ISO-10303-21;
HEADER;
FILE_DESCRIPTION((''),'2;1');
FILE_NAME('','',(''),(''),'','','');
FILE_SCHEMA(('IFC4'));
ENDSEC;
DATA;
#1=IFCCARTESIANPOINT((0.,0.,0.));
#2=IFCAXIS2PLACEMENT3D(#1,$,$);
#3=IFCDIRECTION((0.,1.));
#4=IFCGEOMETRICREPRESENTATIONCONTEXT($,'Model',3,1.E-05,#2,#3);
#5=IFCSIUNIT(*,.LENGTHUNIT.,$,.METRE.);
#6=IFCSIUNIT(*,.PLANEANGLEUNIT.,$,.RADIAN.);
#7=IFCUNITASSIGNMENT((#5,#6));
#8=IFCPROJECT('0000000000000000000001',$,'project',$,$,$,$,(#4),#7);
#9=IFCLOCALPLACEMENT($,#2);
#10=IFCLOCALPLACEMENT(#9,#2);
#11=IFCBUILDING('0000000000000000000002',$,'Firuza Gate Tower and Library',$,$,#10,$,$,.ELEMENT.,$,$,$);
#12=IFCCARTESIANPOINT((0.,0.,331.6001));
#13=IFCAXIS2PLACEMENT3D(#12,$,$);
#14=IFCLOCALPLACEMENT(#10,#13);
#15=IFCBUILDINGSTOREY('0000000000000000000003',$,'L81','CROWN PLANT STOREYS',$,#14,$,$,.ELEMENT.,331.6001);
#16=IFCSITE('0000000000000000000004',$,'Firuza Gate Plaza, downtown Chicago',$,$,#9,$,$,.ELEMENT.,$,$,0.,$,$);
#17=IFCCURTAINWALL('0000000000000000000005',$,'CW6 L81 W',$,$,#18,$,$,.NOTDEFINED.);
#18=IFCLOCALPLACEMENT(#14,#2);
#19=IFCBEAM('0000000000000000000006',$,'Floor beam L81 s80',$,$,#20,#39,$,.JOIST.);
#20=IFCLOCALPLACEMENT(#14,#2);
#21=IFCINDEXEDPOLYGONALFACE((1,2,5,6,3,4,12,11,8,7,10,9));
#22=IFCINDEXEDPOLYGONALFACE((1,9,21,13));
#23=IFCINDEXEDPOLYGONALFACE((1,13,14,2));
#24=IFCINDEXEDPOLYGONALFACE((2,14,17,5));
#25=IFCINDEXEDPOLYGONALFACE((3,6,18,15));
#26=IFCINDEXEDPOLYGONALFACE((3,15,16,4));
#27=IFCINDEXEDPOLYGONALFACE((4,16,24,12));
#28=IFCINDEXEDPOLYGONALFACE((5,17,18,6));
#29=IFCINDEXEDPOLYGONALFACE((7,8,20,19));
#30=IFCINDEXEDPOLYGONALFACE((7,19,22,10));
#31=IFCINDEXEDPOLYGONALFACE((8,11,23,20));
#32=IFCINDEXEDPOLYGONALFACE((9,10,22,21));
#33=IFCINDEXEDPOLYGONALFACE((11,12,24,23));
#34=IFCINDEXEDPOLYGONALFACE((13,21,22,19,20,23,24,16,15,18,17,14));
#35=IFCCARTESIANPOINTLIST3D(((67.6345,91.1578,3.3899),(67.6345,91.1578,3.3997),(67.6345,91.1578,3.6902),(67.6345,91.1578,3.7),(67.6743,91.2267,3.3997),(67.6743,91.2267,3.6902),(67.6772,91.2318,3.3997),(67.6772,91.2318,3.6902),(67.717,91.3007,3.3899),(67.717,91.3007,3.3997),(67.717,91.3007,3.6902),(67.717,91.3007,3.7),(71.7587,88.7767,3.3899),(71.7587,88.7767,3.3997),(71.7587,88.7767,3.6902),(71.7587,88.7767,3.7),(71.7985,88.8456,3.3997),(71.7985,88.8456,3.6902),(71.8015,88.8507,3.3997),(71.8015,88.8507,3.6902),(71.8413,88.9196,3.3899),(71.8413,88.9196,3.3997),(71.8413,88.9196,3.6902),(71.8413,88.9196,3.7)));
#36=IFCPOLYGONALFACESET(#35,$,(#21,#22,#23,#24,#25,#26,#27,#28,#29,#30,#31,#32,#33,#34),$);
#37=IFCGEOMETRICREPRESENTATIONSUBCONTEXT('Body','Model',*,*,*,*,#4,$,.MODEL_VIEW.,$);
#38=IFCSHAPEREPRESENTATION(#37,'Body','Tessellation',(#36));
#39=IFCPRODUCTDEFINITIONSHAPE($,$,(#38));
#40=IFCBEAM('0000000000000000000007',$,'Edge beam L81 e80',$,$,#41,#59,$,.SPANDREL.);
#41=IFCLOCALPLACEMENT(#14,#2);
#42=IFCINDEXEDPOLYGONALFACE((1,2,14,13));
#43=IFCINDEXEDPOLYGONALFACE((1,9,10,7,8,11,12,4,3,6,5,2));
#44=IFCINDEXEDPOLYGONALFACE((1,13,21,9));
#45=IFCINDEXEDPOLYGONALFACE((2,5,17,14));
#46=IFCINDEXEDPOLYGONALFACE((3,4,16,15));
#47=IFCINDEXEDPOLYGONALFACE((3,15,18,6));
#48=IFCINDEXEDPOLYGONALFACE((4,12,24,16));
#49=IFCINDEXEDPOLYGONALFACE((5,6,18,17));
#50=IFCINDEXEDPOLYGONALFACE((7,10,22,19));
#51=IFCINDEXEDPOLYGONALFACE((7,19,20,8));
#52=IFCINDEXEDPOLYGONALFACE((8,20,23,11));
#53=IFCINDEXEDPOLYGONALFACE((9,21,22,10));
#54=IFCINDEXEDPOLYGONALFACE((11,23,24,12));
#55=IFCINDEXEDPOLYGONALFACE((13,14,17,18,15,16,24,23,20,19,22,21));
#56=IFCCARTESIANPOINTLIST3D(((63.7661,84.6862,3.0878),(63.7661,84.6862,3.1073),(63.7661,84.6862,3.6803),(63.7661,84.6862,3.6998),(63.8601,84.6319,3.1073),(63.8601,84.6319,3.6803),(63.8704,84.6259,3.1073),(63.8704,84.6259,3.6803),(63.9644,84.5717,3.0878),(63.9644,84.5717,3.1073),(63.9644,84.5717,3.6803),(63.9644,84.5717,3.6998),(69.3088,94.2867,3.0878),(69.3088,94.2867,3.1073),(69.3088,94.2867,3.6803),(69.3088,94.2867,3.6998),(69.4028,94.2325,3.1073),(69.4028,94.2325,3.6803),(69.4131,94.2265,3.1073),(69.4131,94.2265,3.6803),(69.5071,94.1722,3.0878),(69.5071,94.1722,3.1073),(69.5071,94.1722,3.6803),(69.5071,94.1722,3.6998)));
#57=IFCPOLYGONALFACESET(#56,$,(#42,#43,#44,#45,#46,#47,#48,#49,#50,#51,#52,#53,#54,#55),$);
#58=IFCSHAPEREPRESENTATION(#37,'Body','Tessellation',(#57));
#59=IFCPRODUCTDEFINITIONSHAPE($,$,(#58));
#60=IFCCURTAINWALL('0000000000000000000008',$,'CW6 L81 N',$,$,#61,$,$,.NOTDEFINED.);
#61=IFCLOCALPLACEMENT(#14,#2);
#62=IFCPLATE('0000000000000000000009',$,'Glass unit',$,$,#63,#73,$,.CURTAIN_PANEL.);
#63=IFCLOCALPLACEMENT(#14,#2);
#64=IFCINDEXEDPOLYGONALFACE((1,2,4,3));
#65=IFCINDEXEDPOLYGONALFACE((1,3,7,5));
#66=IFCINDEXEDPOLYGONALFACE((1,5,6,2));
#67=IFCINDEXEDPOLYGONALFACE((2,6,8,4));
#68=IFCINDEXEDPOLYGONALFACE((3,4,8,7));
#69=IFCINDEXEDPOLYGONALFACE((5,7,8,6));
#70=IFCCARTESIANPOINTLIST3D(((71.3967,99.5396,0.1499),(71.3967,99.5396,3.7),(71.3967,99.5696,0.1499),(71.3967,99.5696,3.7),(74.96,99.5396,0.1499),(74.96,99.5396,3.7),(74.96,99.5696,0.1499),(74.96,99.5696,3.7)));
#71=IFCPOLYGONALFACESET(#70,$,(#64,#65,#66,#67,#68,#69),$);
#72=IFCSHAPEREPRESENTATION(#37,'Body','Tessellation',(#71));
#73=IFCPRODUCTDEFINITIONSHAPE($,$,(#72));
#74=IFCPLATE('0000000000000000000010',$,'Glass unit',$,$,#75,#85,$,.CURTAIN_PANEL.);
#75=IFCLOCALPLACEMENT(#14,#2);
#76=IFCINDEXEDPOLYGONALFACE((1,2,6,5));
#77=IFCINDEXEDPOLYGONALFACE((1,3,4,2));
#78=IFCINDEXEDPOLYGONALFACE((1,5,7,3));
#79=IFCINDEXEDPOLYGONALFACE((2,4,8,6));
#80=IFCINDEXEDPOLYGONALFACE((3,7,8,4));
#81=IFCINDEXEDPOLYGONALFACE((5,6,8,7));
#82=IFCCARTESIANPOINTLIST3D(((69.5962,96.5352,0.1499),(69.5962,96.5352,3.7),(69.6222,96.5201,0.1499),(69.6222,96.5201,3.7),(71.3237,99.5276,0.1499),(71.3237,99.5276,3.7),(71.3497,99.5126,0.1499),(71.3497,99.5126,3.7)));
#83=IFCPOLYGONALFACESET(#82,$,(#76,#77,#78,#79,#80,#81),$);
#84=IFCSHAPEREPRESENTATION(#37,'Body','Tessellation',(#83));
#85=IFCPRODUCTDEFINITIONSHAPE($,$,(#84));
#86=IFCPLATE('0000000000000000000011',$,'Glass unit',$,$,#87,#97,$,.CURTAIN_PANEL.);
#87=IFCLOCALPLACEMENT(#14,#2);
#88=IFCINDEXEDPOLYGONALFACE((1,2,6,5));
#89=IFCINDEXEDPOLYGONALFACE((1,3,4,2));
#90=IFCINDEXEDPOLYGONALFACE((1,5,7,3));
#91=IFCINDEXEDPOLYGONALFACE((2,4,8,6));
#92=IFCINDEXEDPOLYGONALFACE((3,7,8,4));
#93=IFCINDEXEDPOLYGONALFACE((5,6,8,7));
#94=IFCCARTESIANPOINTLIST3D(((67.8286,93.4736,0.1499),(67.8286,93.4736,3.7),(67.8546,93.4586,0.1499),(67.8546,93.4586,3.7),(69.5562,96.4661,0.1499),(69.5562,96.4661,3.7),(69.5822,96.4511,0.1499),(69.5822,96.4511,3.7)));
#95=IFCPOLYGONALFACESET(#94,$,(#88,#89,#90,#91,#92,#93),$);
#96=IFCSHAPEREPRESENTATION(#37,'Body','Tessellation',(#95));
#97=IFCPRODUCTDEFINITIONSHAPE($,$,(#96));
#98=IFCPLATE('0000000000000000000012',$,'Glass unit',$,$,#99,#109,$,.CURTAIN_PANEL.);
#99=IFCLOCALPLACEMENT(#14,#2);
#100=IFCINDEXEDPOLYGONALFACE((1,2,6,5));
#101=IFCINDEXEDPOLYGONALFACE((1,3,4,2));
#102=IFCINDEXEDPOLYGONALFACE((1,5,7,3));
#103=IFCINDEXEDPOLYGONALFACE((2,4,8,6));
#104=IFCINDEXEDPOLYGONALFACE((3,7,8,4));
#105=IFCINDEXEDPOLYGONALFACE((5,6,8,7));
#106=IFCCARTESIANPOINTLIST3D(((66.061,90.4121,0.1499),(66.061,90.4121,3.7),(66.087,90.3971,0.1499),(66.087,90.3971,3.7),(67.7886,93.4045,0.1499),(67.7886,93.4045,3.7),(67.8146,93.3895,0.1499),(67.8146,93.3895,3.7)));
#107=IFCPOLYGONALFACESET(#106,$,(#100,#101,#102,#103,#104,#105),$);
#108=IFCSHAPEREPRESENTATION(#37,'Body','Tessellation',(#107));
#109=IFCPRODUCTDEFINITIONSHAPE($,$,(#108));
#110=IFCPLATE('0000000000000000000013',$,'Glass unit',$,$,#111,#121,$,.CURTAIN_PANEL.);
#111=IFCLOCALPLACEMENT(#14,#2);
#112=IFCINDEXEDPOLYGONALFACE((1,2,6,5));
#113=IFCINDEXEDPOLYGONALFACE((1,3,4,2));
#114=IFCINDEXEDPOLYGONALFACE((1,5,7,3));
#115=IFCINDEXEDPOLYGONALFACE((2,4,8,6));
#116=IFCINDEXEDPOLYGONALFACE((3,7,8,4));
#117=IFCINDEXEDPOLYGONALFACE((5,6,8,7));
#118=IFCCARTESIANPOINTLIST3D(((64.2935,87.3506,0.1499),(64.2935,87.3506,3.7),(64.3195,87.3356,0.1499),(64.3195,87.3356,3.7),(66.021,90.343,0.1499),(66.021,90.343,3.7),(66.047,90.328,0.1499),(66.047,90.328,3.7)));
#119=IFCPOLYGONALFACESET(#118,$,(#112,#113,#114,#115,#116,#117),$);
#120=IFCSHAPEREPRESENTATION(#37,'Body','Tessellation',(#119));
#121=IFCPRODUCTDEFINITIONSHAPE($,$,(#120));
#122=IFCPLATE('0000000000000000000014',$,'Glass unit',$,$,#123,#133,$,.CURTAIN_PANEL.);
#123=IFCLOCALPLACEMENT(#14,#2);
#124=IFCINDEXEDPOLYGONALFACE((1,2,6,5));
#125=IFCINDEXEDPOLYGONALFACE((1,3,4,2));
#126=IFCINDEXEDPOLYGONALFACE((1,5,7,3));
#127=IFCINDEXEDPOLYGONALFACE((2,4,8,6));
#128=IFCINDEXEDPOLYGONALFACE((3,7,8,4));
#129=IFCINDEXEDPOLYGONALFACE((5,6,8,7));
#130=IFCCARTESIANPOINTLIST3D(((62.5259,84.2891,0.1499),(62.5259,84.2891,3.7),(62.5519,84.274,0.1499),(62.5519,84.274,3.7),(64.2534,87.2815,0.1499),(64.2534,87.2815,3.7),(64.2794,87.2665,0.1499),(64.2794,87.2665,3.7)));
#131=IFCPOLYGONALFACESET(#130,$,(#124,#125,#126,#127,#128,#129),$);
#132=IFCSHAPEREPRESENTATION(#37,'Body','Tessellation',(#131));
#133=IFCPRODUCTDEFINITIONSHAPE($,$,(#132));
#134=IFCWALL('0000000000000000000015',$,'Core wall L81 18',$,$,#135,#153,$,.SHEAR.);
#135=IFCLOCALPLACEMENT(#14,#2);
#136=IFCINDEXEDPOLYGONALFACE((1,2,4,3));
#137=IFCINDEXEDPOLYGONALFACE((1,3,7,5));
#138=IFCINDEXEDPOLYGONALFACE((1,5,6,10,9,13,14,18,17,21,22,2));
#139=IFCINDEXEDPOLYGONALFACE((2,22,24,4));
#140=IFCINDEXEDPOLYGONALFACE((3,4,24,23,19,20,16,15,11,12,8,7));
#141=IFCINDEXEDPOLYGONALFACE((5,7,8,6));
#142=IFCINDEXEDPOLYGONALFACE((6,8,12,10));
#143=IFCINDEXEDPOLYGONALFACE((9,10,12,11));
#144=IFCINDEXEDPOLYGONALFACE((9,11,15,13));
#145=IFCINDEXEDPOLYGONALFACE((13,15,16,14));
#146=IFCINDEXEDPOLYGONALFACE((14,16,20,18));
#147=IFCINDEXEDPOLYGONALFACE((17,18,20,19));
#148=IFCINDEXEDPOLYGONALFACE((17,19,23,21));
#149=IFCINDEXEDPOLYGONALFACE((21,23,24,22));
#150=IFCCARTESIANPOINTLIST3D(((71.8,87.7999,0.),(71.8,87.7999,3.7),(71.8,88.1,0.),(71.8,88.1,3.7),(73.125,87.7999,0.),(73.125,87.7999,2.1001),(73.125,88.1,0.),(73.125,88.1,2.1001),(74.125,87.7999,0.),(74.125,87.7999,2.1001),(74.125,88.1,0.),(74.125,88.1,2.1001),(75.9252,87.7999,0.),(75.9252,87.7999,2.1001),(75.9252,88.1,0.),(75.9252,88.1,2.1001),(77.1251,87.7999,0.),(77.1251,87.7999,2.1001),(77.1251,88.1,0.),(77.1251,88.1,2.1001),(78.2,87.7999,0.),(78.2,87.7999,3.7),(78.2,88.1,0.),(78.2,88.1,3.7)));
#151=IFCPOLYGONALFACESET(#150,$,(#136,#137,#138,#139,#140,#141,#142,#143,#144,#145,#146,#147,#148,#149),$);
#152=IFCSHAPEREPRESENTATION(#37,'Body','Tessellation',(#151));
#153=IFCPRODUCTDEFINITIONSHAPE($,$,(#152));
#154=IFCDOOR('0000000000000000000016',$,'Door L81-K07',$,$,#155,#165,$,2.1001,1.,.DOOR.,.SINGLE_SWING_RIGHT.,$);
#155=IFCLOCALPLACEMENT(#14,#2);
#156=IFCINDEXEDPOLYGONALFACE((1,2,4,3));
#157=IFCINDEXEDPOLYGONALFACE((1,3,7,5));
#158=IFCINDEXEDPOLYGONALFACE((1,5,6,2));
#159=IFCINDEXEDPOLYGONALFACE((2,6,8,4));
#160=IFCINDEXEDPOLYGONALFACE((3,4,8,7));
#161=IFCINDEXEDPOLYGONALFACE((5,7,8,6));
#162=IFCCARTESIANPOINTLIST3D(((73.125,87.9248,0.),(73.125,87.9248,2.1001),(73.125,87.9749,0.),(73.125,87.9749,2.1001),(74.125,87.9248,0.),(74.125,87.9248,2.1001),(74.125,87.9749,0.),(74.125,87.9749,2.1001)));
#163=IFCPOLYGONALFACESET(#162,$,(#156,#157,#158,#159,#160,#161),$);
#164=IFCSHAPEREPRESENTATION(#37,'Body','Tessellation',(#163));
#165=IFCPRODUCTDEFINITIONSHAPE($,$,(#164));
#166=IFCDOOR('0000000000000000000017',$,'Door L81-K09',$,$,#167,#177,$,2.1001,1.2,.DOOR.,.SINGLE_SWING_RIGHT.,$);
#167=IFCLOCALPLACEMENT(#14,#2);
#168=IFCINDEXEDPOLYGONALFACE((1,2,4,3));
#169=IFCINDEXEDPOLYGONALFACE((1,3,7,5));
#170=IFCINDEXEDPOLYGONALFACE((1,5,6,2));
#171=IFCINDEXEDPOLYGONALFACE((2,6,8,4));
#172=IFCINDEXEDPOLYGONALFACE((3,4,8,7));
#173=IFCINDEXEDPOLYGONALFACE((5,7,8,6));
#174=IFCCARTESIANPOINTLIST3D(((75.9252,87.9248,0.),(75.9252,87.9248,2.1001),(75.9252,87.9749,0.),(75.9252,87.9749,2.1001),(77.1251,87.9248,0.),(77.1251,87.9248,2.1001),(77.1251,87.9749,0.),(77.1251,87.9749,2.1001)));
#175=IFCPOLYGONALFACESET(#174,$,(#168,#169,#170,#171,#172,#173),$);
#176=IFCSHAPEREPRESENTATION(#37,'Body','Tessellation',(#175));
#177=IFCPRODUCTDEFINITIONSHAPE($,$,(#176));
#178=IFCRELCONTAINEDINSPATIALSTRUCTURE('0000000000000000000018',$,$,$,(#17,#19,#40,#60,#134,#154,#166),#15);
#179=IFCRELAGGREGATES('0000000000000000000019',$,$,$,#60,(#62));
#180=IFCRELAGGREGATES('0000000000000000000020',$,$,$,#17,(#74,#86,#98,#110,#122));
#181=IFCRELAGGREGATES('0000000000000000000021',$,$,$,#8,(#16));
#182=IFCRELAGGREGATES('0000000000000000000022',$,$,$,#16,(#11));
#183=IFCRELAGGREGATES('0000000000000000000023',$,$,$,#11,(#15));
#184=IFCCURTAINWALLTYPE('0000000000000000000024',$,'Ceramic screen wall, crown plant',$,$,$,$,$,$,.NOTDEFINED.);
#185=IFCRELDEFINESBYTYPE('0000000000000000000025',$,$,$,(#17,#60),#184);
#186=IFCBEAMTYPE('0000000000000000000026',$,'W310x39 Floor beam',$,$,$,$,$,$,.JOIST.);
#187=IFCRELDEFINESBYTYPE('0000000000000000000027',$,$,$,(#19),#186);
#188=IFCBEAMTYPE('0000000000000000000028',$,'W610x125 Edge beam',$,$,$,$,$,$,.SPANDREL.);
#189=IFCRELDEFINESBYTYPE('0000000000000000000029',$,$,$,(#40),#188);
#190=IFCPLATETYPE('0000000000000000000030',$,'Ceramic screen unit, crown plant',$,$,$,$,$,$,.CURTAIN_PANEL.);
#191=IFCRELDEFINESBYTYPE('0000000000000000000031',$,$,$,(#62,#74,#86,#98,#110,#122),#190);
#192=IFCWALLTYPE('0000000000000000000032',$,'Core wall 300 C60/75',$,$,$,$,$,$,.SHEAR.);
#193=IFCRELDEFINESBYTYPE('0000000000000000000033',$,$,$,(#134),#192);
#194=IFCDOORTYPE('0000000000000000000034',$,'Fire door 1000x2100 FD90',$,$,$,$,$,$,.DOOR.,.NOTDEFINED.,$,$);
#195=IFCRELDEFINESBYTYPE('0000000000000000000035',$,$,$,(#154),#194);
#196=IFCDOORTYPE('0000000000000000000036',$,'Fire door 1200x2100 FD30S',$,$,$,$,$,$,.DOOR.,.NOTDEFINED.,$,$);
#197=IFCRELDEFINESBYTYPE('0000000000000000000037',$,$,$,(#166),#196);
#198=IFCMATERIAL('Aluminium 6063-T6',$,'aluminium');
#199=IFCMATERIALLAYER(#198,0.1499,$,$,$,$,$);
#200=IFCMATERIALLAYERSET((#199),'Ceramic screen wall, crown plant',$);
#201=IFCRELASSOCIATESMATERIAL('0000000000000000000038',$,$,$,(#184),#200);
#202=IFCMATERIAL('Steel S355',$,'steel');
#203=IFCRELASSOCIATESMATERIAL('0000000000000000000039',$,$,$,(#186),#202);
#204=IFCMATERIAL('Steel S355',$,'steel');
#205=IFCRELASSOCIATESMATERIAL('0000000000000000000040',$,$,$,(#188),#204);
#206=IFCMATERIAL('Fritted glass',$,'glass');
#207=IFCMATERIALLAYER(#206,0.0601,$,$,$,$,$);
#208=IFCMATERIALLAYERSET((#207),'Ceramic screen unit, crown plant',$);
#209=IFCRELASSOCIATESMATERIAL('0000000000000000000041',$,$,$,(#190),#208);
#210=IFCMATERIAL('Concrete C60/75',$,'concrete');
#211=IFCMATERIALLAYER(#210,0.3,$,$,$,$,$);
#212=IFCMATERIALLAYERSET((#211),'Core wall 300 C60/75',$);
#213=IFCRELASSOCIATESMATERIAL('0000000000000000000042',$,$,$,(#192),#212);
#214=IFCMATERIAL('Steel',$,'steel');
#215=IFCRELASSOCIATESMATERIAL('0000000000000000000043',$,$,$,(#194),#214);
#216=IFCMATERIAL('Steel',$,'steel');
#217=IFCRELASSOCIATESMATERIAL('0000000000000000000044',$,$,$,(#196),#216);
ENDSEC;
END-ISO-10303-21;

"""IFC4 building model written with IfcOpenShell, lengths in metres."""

from ifc_helpers import new_model, si_unit, direction, frame, frame_2d, origin, origin_2d, place, context, subcontext, project, spatial, polyline, rectangle, i_section, outline, extrude, material, layer, layer_set, material_profile, profile_set, type_object, element, fill, aggregate, save


model = new_model("IFC4")

# Units and contexts
model_context = context("Model", 3, precision=1e-05, world=origin(), true_north=direction((0.0, 1.0)))
body_context = subcontext(model_context, "Body", "Model", "MODEL_VIEW")
ifc_project = project(units=[si_unit("LENGTHUNIT", "METRE"), si_unit("PLANEANGLEUNIT", "RADIAN")], contexts=[model_context])

# Site, building, storey
site_placement = place(None, origin())
site = spatial("IfcSite", under=ifc_project, at=site_placement, Name="Firuza Gate Plaza, downtown Chicago", CompositionType="ELEMENT", RefElevation=0.0)
building_placement = place(site_placement, origin())
building = spatial("IfcBuilding", under=site, at=building_placement, Name="Firuza Gate Tower and Library", CompositionType="ELEMENT")
storey_placement = place(building_placement, frame((0.0, 0.0, 331.6001)))
storey = spatial("IfcBuildingStorey", under=building, at=storey_placement, Name="L81", Description="CROWN PLANT STOREYS", CompositionType="ELEMENT", Elevation=331.6001)

# Curtain wall
ifc_material_1 = material(Name="Aluminium 6063-T6", Category="aluminium")
ifc_layer_1 = layer(ifc_material_1, 0.1499)
ifc_layer_set_1 = layer_set([ifc_layer_1], Name="Ceramic screen wall, crown plant")
curtain_wall_type = type_object("IfcCurtainWallType", Name="Ceramic screen wall, crown plant", PredefinedType="NOTDEFINED", material=ifc_layer_set_1)
placement = place(storey_placement, origin())
curtain_wall_1 = element("IfcCurtainWall", 1, at=placement, inside=storey, type_object=curtain_wall_type, Name="CW6 L81 W", PredefinedType="NOTDEFINED")

# Beams
ifc_material_2 = material(Name="Steel S355", Category="steel")
ifc_material_profile_1 = material_profile(ifc_material_2, i_section(OverallWidth=0.165, OverallDepth=0.3101, WebThickness=0.0059, FlangeThickness=0.0098, at=origin_2d()))
ifc_profile_set_1 = profile_set([ifc_material_profile_1], Name="Steel S355")
beam_type_1 = type_object("IfcBeamType", Name="W310x39 Floor beam", PredefinedType="JOIST", material=ifc_profile_set_1)
beam_1_placement = place(storey_placement, frame((67.6758, 91.2292, 3.5449), z_axis=(0.866029, -0.499993, 0.0), x_axis=(0.499993, 0.866029, 0.0)))
element("IfcBeam", 2, at=beam_1_placement, inside=storey, type_object=beam_type_1, Name="Floor beam L81 s80", PredefinedType="JOIST", context=body_context, shape_type="SweptSolid", body=[
    extrude(i_section(OverallWidth=0.165, OverallDepth=0.3101, WebThickness=0.0059, FlangeThickness=0.0098, at=origin_2d()), origin(), (0.0, 0.0, 1.0), 4.7622),
])
ifc_material_3 = material(Name="Steel S355", Category="steel")
ifc_material_profile_2 = material_profile(ifc_material_3, i_section(OverallWidth=0.229, OverallDepth=0.6121, WebThickness=0.012, FlangeThickness=0.0195, at=origin_2d()))
ifc_profile_set_2 = profile_set([ifc_material_profile_2], Name="Steel S355")
beam_type_2 = type_object("IfcBeamType", Name="W610x125 Edge beam", PredefinedType="SPANDREL", material=ifc_profile_set_2)
beam_2_placement = place(storey_placement, frame((69.408, 94.2295, 3.3938), z_axis=(-0.499988, -0.866032, 0.0), x_axis=(0.866032, -0.499988, 0.0)))
element("IfcBeam", 3, at=beam_2_placement, inside=storey, type_object=beam_type_2, Name="Edge beam L81 e80", PredefinedType="SPANDREL", context=body_context, shape_type="SweptSolid", body=[
    extrude(i_section(OverallWidth=0.229, OverallDepth=0.6121, WebThickness=0.012, FlangeThickness=0.0195, at=origin_2d()), origin(), (0.0, 0.0, 1.0), 11.0857),
])

# Curtain wall, plate
curtain_wall_2 = element("IfcCurtainWall", 4, at=placement, inside=storey, type_object=curtain_wall_type, Name="CW6 L81 N", PredefinedType="NOTDEFINED")
ifc_material_4 = material(Name="Fritted glass", Category="glass")
ifc_layer_2 = layer(ifc_material_4, 0.0601)
ifc_layer_set_2 = layer_set([ifc_layer_2], Name="Ceramic screen unit, crown plant")
plate_type = type_object("IfcPlateType", Name="Ceramic screen unit, crown plant", PredefinedType="CURTAIN_PANEL", material=ifc_layer_set_2)
plate_1_placement = place(storey_placement, frame((74.96, 99.5696, 0.1499), z_axis=(0.0, 1.0, 0.0), x_axis=(-1.0, 0.0, 0.0)))
plate_1 = element("IfcPlate", 5, at=plate_1_placement, type_object=plate_type, Name="Glass unit", PredefinedType="CURTAIN_PANEL", context=body_context, shape_type="SweptSolid", body=[
    extrude(outline(polyline([(0.0, 0.0), (3.5632, 0.0), (3.5632, 3.55), (0.0, 3.55), (0.0, 0.0)])), origin(), (0.0, 0.0, -1.0), 0.03),
])
aggregate(curtain_wall_2, [plate_1])

# Plates
plate_2_placement = place(storey_placement, frame((71.3237, 99.5276, 0.1499), z_axis=(-0.866043, 0.499969, 0.0), x_axis=(-0.499969, -0.866043, 0.0)))
plate_2 = element("IfcPlate", 6, at=plate_2_placement, type_object=plate_type, Name="Glass unit", PredefinedType="CURTAIN_PANEL", context=body_context, shape_type="SweptSolid", body=[
    extrude(outline(polyline([(0.0, 0.0), (3.4553, 0.0), (3.4553, 3.55), (0.0, 3.55), (0.0, 0.0)])), origin(), (0.0, 0.0, -1.0), 0.03),
])
plate_3_placement = place(storey_placement, frame((69.5562, 96.4661, 0.1499), z_axis=(-0.866043, 0.499969, 0.0), x_axis=(-0.499969, -0.866043, 0.0)))
plate_3 = element("IfcPlate", 7, at=plate_3_placement, type_object=plate_type, Name="Glass unit", PredefinedType="CURTAIN_PANEL", context=body_context, shape_type="SweptSolid", body=[
    extrude(outline(polyline([(0.0, 0.0), (3.4553, 0.0), (3.4553, 3.55), (0.0, 3.55), (0.0, 0.0)])), origin(), (0.0, 0.0, -1.0), 0.03),
])
plate_4_placement = place(storey_placement, frame((67.7886, 93.4045, 0.1499), z_axis=(-0.866043, 0.499969, 0.0), x_axis=(-0.499969, -0.866043, 0.0)))
plate_4 = element("IfcPlate", 8, at=plate_4_placement, type_object=plate_type, Name="Glass unit", PredefinedType="CURTAIN_PANEL", context=body_context, shape_type="SweptSolid", body=[
    extrude(outline(polyline([(0.0, 0.0), (3.4553, 0.0), (3.4553, 3.55), (0.0, 3.55), (0.0, 0.0)])), origin(), (0.0, 0.0, -1.0), 0.03),
])
plate_5_placement = place(storey_placement, frame((66.021, 90.343, 0.1499), z_axis=(-0.866043, 0.499969, 0.0), x_axis=(-0.499969, -0.866043, 0.0)))
plate_5 = element("IfcPlate", 9, at=plate_5_placement, type_object=plate_type, Name="Glass unit", PredefinedType="CURTAIN_PANEL", context=body_context, shape_type="SweptSolid", body=[
    extrude(outline(polyline([(0.0, 0.0), (3.4553, 0.0), (3.4553, 3.55), (0.0, 3.55), (0.0, 0.0)])), origin(), (0.0, 0.0, -1.0), 0.03),
])
plate_6_placement = place(storey_placement, frame((64.2534, 87.2815, 0.1499), z_axis=(-0.866043, 0.499969, 0.0), x_axis=(-0.499969, -0.866043, 0.0)))
plate_6 = element("IfcPlate", 10, at=plate_6_placement, type_object=plate_type, Name="Glass unit", PredefinedType="CURTAIN_PANEL", context=body_context, shape_type="SweptSolid", body=[
    extrude(outline(polyline([(0.0, 0.0), (3.4553, 0.0), (3.4553, 3.55), (0.0, 3.55), (0.0, 0.0)])), origin(), (0.0, 0.0, -1.0), 0.03),
])
aggregate(curtain_wall_1, [plate_2, plate_3, plate_4, plate_5, plate_6])

# Wall, openings, doors
ifc_material_5 = material(Name="Concrete C60/75", Category="concrete")
ifc_layer_3 = layer(ifc_material_5, 0.3)
ifc_layer_set_3 = layer_set([ifc_layer_3], Name="Core wall 300 C60/75")
wall_type_1 = type_object("IfcWallType", Name="Core wall 300 C60/75", PredefinedType="SHEAR", material=ifc_layer_set_3)
wall_1_placement = place(storey_placement, frame((71.8, 87.95, 0.0), z_axis=(0.0, 0.0, 1.0), x_axis=(1.0, 0.0, 0.0)))
wall_1 = element("IfcWall", 11, at=wall_1_placement, inside=storey, type_object=wall_type_1, Name="Core wall L81 18", PredefinedType="SHEAR", context=body_context, shape_type="SweptSolid", body=[
    extrude(rectangle(XDim=6.3999, YDim=0.3, at=frame_2d((3.2, 0.0))), origin(), (0.0, 0.0, 1.0), 3.7),
])
opening_1_placement = place(wall_1_placement, frame((1.325, 0.0, 0.0)))
opening_1 = element("IfcOpeningElement", 12, at=opening_1_placement, cuts=wall_1, PredefinedType="OPENING", context=body_context, shape_type="SweptSolid", body=[
    extrude(rectangle(XDim=1.0, YDim=2.1001, at=frame_2d((0.5, 1.05))), frame((0.0, 0.1602, 0.0), z_axis=(0.0, -1.0, 0.0), x_axis=(1.0, 0.0, 0.0)), (0.0, 0.0, 1.0), 0.3201),
])
opening_2_placement = place(wall_1_placement, frame((4.125, 0.0, 0.0)))
opening_2 = element("IfcOpeningElement", 13, at=opening_2_placement, cuts=wall_1, PredefinedType="OPENING", context=body_context, shape_type="SweptSolid", body=[
    extrude(rectangle(XDim=1.2, YDim=2.1001, at=frame_2d((0.6001, 1.05))), frame((0.0, 0.1602, 0.0), z_axis=(0.0, -1.0, 0.0), x_axis=(1.0, 0.0, 0.0)), (0.0, 0.0, 1.0), 0.3201),
])
ifc_material_6 = material(Name="Steel", Category="steel")
door_type_1 = type_object("IfcDoorType", Name="Fire door 1000x2100 FD90", OperationType="NOTDEFINED", PredefinedType="DOOR", material=ifc_material_6)
door_1_placement = place(opening_1_placement, origin())
door_1 = element("IfcDoor", 14, at=door_1_placement, inside=storey, type_object=door_type_1, Name="Door L81-K07", OperationType="SINGLE_SWING_RIGHT", OverallHeight=2.1001, OverallWidth=1.0, PredefinedType="DOOR", context=body_context, shape_type="SweptSolid", body=[
    extrude(rectangle(XDim=1.0, YDim=2.1001, at=frame_2d((0.5, 1.05))), frame((0.0, 0.0249, 0.0), z_axis=(0.0, -1.0, 0.0), x_axis=(1.0, 0.0, 0.0)), (0.0, 0.0, 1.0), 0.05),
])
fill(opening_1, door_1)
ifc_material_7 = material(Name="Steel", Category="steel")
door_type_2 = type_object("IfcDoorType", Name="Fire door 1200x2100 FD30S", OperationType="NOTDEFINED", PredefinedType="DOOR", material=ifc_material_7)
door_2_placement = place(opening_2_placement, origin())
door_2 = element("IfcDoor", 15, at=door_2_placement, inside=storey, type_object=door_type_2, Name="Door L81-K09", OperationType="SINGLE_SWING_RIGHT", OverallHeight=2.1001, OverallWidth=1.2, PredefinedType="DOOR", context=body_context, shape_type="SweptSolid", body=[
    extrude(rectangle(XDim=1.2, YDim=2.1001, at=frame_2d((0.6001, 1.05))), frame((0.0, 0.0249, 0.0), z_axis=(0.0, -1.0, 0.0), x_axis=(1.0, 0.0, 0.0)), (0.0, 0.0, 1.0), 0.05),
])
fill(opening_2, door_2)

save(model, "model.ifc")
